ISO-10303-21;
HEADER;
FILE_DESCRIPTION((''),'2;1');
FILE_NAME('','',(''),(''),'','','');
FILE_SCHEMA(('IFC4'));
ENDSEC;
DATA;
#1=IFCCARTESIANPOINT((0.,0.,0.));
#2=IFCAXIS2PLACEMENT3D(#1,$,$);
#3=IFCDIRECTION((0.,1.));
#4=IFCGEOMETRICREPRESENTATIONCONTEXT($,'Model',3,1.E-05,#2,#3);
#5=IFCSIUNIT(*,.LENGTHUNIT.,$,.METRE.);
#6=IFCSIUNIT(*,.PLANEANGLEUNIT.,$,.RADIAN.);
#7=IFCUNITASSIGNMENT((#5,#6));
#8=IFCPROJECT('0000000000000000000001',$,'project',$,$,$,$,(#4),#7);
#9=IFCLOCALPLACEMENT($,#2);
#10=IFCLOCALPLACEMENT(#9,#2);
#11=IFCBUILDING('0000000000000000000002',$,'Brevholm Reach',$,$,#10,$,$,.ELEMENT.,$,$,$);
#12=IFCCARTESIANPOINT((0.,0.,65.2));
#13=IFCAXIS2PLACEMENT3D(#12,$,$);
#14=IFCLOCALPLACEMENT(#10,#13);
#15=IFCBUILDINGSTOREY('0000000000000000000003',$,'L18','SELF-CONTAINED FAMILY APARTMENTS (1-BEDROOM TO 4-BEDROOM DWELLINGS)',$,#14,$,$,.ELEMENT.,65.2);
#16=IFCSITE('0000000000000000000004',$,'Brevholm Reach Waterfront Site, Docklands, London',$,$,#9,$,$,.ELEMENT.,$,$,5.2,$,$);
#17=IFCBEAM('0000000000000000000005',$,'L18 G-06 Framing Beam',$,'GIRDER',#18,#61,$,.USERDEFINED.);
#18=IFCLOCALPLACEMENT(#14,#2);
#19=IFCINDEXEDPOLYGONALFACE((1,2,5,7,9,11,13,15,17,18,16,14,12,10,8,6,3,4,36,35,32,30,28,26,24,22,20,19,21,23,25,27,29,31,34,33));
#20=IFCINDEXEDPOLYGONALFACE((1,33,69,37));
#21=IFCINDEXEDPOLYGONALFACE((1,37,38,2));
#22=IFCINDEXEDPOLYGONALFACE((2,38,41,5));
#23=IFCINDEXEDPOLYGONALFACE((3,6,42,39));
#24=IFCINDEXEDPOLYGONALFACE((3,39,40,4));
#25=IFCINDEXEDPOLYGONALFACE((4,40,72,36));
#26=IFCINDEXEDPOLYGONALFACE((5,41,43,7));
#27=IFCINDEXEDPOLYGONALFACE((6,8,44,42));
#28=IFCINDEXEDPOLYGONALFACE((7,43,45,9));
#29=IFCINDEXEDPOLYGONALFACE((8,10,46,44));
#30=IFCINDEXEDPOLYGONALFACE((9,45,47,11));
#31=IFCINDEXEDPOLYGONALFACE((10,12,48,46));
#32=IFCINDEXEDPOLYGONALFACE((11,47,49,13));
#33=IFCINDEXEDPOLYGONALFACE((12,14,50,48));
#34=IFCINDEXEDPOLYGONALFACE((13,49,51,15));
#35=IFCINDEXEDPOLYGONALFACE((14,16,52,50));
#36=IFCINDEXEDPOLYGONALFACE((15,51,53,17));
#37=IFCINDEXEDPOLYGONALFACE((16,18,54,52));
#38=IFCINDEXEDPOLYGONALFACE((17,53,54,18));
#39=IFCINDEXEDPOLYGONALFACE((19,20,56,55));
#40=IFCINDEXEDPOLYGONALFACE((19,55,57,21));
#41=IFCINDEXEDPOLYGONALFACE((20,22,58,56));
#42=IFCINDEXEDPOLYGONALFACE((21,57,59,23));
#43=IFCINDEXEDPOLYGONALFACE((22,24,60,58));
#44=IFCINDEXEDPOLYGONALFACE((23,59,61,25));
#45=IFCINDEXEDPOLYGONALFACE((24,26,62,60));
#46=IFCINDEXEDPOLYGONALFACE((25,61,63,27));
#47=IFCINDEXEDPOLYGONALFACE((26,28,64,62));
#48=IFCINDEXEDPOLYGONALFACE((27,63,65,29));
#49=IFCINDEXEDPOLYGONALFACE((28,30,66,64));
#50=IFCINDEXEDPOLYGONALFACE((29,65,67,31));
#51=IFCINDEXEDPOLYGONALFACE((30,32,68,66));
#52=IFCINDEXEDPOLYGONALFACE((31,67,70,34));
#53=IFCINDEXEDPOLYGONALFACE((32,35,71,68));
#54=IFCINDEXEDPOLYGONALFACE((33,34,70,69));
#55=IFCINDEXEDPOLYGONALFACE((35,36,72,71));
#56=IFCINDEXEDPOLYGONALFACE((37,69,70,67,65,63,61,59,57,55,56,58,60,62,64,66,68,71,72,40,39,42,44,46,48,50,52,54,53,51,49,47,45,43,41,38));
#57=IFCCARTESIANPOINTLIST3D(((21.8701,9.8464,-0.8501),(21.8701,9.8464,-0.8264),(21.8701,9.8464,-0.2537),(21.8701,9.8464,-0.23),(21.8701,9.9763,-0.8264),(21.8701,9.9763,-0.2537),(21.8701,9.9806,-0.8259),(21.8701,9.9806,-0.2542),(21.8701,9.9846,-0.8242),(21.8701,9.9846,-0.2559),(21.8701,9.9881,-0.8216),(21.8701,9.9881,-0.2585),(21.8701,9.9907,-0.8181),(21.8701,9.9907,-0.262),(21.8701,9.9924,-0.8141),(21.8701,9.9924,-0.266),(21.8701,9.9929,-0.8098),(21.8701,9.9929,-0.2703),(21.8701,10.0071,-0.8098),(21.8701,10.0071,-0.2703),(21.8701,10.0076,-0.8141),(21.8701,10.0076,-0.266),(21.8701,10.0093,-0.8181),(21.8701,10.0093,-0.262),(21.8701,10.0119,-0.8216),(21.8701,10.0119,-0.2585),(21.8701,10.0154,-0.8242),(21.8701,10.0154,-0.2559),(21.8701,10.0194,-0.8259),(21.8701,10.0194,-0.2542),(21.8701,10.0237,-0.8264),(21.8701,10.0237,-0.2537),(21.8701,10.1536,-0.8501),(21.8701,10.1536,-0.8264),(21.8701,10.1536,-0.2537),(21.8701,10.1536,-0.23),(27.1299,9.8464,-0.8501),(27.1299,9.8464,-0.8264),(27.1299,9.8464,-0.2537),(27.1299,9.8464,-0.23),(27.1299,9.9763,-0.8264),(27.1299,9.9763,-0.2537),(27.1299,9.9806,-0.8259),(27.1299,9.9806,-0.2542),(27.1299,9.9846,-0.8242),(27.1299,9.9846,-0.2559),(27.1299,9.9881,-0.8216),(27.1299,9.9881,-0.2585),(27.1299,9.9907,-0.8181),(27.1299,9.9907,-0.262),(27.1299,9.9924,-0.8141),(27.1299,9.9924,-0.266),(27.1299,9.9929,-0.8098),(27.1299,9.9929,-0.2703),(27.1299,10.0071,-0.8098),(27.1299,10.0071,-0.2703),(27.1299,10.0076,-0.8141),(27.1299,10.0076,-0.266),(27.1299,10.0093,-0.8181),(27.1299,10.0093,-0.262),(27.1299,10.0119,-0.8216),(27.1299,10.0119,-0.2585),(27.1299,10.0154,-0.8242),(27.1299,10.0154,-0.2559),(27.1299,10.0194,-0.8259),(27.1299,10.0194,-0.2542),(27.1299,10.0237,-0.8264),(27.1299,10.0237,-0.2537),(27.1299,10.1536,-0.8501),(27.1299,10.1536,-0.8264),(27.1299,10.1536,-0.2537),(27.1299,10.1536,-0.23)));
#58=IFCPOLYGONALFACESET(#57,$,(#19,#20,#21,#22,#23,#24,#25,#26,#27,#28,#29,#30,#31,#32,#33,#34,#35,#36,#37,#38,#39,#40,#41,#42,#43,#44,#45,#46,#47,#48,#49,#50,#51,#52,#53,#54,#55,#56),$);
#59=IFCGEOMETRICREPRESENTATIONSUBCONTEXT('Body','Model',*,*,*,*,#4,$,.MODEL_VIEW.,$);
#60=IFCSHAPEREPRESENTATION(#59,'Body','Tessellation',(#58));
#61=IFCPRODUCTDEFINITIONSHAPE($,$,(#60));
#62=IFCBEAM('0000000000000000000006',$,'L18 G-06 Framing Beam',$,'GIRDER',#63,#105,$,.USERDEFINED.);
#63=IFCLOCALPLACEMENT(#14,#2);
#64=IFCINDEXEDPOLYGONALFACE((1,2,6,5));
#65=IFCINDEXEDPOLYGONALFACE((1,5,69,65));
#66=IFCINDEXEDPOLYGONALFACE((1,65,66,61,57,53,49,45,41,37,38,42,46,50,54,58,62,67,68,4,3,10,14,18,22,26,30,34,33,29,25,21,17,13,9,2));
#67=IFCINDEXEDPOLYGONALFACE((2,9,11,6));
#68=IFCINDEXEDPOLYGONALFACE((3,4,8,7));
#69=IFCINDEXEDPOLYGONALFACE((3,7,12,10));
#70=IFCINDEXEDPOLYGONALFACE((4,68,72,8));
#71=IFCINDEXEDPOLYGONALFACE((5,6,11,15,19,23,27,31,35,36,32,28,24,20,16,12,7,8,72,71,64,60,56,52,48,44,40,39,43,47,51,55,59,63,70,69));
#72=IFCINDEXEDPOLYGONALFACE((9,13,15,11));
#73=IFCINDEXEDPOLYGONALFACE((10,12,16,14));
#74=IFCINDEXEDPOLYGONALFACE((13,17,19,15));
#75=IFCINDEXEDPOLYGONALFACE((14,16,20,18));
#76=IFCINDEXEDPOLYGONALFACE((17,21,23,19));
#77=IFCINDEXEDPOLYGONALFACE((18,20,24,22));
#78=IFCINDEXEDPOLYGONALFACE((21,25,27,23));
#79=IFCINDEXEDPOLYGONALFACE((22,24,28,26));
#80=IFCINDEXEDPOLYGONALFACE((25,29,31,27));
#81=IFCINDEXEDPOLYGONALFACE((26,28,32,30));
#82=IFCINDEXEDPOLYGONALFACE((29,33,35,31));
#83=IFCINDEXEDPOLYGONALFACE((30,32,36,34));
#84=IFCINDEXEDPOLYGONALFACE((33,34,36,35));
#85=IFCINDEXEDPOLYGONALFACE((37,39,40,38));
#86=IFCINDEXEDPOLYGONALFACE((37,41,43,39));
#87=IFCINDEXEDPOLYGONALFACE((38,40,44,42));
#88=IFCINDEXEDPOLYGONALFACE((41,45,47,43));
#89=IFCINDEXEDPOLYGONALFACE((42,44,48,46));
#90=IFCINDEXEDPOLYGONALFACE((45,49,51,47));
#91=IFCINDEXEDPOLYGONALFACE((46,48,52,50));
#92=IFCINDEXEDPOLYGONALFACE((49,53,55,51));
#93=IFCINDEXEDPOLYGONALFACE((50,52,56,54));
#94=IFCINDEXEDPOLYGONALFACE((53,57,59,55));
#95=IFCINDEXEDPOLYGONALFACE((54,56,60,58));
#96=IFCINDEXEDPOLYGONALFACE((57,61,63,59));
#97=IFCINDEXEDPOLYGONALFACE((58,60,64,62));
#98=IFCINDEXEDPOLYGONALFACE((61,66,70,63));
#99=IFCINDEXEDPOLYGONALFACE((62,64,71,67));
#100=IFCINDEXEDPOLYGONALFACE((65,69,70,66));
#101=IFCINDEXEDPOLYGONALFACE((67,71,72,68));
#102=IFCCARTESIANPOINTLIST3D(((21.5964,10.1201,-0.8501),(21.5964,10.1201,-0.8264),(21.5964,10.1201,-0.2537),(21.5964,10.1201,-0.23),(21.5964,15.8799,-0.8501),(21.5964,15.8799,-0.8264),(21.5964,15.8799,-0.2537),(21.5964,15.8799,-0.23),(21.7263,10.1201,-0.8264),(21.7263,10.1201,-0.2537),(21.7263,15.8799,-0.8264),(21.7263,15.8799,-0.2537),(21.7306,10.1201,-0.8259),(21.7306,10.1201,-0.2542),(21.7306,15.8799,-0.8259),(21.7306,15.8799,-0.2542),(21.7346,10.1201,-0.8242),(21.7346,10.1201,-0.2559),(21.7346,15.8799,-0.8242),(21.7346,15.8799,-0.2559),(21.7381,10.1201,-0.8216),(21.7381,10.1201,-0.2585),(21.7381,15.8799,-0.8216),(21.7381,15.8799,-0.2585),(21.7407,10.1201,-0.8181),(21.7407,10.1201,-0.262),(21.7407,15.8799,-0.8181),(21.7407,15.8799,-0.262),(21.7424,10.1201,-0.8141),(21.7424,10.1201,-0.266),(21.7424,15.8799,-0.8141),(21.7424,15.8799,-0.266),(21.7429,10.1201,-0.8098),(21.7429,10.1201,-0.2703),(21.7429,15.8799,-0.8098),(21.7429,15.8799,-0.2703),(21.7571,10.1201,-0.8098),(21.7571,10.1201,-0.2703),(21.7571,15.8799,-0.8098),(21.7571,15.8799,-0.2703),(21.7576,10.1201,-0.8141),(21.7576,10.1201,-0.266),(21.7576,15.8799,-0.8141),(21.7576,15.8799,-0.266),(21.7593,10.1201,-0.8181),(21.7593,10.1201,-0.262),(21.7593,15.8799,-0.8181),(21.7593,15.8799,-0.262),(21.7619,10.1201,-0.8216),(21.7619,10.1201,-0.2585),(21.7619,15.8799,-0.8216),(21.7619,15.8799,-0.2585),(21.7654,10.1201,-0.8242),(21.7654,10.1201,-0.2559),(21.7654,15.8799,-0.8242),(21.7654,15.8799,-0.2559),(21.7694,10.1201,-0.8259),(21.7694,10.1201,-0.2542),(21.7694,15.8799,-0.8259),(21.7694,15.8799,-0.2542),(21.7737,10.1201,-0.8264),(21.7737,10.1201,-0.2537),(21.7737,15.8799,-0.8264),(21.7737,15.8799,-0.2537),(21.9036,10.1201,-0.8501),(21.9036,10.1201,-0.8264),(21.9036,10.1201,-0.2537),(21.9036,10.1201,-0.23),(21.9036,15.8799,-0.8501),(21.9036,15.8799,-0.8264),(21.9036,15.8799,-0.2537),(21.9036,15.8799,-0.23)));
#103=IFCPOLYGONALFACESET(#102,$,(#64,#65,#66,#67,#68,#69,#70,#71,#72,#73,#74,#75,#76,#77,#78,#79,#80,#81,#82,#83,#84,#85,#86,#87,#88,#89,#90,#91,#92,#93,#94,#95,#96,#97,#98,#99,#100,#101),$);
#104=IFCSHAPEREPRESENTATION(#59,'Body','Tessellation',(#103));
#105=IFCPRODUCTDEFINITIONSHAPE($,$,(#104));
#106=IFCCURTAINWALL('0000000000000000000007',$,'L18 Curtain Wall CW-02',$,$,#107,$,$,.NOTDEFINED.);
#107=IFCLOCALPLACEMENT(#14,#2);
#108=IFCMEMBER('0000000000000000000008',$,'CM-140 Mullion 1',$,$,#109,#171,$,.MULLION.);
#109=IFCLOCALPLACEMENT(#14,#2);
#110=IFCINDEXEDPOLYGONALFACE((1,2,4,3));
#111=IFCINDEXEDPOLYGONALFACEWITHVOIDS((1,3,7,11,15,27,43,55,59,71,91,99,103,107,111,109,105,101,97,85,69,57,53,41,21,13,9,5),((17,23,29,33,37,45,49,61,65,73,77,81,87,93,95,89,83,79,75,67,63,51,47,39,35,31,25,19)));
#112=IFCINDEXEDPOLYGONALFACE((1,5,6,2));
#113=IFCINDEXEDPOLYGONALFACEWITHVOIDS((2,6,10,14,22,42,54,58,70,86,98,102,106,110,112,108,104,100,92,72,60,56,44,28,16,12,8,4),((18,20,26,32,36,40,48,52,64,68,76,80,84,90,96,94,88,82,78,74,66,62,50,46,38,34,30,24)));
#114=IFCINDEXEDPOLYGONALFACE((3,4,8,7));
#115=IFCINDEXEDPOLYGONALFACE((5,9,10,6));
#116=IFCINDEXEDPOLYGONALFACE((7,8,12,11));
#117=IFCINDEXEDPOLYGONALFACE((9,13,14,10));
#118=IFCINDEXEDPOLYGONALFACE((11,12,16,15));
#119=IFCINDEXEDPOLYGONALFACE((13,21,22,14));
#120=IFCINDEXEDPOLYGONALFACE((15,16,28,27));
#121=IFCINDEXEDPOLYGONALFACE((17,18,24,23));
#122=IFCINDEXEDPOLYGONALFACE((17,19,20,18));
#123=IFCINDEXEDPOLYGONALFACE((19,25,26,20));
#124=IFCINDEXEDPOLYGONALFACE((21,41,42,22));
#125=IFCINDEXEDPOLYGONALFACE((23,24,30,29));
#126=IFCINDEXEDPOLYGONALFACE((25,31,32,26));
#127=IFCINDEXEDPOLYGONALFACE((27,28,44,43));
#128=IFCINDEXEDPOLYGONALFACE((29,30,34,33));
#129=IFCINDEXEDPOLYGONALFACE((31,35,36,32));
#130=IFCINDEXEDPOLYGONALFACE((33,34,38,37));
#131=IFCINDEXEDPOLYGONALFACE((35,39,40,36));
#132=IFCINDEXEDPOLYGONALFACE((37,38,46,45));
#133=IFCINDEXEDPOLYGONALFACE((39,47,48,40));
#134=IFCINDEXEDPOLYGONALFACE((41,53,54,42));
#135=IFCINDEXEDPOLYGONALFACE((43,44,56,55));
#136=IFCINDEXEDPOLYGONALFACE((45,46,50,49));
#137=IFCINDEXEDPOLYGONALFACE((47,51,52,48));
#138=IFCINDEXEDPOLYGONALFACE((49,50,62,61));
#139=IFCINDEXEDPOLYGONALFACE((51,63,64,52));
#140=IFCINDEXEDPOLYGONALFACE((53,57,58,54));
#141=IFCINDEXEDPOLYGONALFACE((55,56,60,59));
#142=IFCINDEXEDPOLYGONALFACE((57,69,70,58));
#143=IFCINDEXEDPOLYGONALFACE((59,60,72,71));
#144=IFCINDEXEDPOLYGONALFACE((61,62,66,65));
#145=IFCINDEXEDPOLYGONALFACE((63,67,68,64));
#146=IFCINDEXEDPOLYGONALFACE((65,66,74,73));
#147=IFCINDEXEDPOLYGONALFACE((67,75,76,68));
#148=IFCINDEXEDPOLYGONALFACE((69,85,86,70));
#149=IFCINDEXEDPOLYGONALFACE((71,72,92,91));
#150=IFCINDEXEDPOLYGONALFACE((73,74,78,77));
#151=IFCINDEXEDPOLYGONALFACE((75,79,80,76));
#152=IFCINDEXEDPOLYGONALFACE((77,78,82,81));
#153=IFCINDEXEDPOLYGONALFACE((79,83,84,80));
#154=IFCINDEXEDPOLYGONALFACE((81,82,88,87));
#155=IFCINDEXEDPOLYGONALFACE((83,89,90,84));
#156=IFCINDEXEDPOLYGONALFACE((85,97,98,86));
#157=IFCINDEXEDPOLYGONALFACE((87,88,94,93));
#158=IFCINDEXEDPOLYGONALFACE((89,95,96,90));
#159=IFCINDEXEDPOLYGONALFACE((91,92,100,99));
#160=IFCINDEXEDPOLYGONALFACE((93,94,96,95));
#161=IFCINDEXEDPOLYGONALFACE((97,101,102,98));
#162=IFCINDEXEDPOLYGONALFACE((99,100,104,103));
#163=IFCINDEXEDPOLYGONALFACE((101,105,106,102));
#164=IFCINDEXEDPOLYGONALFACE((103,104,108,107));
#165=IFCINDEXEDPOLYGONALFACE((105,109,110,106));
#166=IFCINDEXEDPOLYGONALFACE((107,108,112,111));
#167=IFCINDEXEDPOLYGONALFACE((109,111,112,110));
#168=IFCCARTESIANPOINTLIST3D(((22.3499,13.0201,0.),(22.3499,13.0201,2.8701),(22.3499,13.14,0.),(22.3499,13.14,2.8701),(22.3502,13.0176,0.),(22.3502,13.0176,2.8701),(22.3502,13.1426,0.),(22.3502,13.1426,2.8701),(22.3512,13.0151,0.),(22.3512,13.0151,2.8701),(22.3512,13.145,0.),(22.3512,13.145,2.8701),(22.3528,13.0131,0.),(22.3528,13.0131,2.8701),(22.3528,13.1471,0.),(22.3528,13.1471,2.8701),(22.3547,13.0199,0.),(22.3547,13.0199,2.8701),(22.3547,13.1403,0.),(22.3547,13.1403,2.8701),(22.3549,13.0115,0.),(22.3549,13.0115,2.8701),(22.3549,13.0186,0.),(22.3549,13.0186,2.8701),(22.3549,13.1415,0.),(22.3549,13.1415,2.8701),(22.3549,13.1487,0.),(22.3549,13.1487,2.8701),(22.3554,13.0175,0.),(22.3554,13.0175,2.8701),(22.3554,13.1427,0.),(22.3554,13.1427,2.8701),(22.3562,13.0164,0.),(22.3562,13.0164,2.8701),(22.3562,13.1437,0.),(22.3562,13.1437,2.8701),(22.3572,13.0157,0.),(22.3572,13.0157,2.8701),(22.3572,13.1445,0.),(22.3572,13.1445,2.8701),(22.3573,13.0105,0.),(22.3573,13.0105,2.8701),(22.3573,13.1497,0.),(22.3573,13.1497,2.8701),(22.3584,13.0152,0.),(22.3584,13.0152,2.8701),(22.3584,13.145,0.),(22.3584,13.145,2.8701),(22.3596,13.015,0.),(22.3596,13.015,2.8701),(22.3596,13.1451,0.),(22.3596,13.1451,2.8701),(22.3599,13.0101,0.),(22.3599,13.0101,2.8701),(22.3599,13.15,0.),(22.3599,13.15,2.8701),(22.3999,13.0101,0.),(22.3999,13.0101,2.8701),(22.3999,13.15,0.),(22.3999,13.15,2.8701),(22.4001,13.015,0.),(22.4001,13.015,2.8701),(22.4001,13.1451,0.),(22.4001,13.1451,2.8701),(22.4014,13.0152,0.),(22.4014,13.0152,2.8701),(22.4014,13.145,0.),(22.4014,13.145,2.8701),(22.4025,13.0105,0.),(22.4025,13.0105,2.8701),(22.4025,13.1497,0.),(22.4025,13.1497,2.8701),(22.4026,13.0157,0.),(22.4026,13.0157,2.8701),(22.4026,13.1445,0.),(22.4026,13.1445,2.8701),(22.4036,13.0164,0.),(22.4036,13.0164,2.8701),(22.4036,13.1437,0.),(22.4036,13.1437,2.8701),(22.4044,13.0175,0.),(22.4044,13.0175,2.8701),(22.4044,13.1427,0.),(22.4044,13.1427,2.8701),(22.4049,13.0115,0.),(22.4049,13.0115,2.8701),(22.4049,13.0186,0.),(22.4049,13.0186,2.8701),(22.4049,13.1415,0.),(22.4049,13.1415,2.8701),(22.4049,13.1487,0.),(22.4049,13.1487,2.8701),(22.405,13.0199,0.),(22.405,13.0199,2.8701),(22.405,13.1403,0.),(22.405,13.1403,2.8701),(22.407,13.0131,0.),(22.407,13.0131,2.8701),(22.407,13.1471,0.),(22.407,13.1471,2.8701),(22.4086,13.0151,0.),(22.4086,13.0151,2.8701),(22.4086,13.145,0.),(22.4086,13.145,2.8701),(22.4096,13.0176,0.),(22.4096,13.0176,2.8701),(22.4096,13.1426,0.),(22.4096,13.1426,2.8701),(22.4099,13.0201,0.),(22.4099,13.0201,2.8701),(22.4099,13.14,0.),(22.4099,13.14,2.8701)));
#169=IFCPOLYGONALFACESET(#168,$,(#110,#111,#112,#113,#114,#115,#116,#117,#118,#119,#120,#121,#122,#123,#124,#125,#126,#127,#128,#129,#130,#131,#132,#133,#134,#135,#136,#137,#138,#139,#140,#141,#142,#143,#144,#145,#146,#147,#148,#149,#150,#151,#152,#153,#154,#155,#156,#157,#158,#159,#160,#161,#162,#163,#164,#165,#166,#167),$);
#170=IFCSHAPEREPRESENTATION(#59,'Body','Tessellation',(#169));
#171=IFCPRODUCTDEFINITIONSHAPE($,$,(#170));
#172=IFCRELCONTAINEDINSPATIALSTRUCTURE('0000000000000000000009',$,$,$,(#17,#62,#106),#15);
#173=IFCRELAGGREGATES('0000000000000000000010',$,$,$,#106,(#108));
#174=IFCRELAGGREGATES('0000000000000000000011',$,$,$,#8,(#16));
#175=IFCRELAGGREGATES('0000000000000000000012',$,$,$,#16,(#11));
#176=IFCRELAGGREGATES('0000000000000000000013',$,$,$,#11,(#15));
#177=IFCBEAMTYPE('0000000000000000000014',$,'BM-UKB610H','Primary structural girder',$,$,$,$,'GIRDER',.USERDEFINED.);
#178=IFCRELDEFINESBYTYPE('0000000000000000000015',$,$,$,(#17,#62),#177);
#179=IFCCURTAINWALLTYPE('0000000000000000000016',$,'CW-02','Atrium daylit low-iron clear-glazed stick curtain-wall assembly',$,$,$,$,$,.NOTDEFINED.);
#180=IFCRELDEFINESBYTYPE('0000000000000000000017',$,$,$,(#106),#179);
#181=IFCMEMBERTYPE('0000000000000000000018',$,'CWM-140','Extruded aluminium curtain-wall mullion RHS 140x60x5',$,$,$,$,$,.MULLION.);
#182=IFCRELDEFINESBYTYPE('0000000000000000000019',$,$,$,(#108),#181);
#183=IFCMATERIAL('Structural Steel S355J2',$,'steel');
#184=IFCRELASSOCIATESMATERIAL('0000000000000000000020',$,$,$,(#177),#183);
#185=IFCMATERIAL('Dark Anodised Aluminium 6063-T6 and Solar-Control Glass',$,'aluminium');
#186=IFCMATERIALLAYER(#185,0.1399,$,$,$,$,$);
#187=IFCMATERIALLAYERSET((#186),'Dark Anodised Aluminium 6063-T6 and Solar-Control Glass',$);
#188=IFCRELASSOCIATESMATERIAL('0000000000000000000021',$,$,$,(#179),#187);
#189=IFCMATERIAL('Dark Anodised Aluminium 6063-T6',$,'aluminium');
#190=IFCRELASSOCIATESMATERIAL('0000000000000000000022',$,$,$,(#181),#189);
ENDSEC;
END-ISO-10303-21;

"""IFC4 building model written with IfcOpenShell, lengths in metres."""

from ifc_helpers import new_model, si_unit, direction, frame, origin, origin_2d, place, context, subcontext, project, spatial, hollow_rectangle, i_section, extrude, material, layer, layer_set, material_profile, profile_set, type_object, element, aggregate, save


model = new_model("IFC4")

# Units and contexts
model_context = context("Model", 3, precision=1e-05, world=origin(), true_north=direction((0.0, 1.0)))
body_context = subcontext(model_context, "Body", "Model", "MODEL_VIEW")
ifc_project = project(units=[si_unit("LENGTHUNIT", "METRE"), si_unit("PLANEANGLEUNIT", "RADIAN")], contexts=[model_context])

# Site, building, storey
site_placement = place(None, origin())
site = spatial("IfcSite", under=ifc_project, at=site_placement, Name="Brevholm Reach Waterfront Site, Docklands, London", CompositionType="ELEMENT", RefElevation=5.2)
building_placement = place(site_placement, origin())
building = spatial("IfcBuilding", under=site, at=building_placement, Name="Brevholm Reach", CompositionType="ELEMENT")
storey_placement = place(building_placement, frame((0.0, 0.0, 65.2)))
storey = spatial("IfcBuildingStorey", under=building, at=storey_placement, Name="L18", Description="SELF-CONTAINED FAMILY APARTMENTS (1-BEDROOM TO 4-BEDROOM DWELLINGS)", CompositionType="ELEMENT", Elevation=65.2)

# Beams
ifc_material_1 = material(Name="Structural Steel S355J2", Category="steel")
ifc_material_profile_1 = material_profile(ifc_material_1, i_section(OverallWidth=0.3071, OverallDepth=0.6201, WebThickness=0.0142, FlangeThickness=0.0237, FilletRadius=0.0166, at=origin_2d()), Name="UKB 610x305x179")
ifc_profile_set_1 = profile_set([ifc_material_profile_1], Name="Structural Steel S355J2")
beam_type_1 = type_object("IfcBeamType", Name="BM-UKB610H", Description="Primary structural girder", ElementType="GIRDER", PredefinedType="USERDEFINED", material=ifc_profile_set_1)
beam_1_placement = place(storey_placement, frame((21.8701, 10.0, -0.54), z_axis=(1.0, 0.0, 0.0), x_axis=(0.0, 1.0, 0.0)))
element("IfcBeam", 1, at=beam_1_placement, inside=storey, type_object=beam_type_1, Name="L18 G-06 Framing Beam", ObjectType="GIRDER", PredefinedType="USERDEFINED", context=body_context, shape_type="SweptSolid", body=[
    extrude(i_section(OverallWidth=0.3071, OverallDepth=0.6201, WebThickness=0.0142, FlangeThickness=0.0237, FilletRadius=0.0166, at=origin_2d()), origin(), (0.0, 0.0, 1.0), 5.2598),
])
beam_2_placement = place(storey_placement, frame((21.75, 10.1201, -0.54), z_axis=(0.0, 1.0, 0.0), x_axis=(-1.0, 0.0, 0.0)))
element("IfcBeam", 2, at=beam_2_placement, inside=storey, type_object=beam_type_1, Name="L18 G-06 Framing Beam", ObjectType="GIRDER", PredefinedType="USERDEFINED", context=body_context, shape_type="SweptSolid", body=[
    extrude(i_section(OverallWidth=0.3071, OverallDepth=0.6201, WebThickness=0.0142, FlangeThickness=0.0237, FilletRadius=0.0166, at=origin_2d()), origin(), (0.0, 0.0, 1.0), 5.7598),
])

# Curtain wall, member
ifc_material_2 = material(Name="Dark Anodised Aluminium 6063-T6 and Solar-Control Glass", Category="aluminium")
ifc_layer_1 = layer(ifc_material_2, 0.1399)
ifc_layer_set_1 = layer_set([ifc_layer_1], Name="Dark Anodised Aluminium 6063-T6 and Solar-Control Glass")
curtain_wall_type = type_object("IfcCurtainWallType", Name="CW-02", Description="Atrium daylit low-iron clear-glazed stick curtain-wall assembly", PredefinedType="NOTDEFINED", material=ifc_layer_set_1)
curtain_wall_placement = place(storey_placement, origin())
curtain_wall = element("IfcCurtainWall", 3, at=curtain_wall_placement, inside=storey, type_object=curtain_wall_type, Name="L18 Curtain Wall CW-02", PredefinedType="NOTDEFINED")
ifc_material_3 = material(Name="Dark Anodised Aluminium 6063-T6", Category="aluminium")
ifc_material_profile_2 = material_profile(ifc_material_3, hollow_rectangle(XDim=0.0601, YDim=0.1399, WallThickness=0.0049, InnerFilletRadius=0.0049, OuterFilletRadius=0.01, at=origin_2d()), Name="RHS 140x60x5")
ifc_profile_set_2 = profile_set([ifc_material_profile_2], Name="Dark Anodised Aluminium 6063-T6")
member_type_1 = type_object("IfcMemberType", Name="CWM-140", Description="Extruded aluminium curtain-wall mullion RHS 140x60x5", PredefinedType="MULLION", material=ifc_profile_set_2)
member_1_placement = place(storey_placement, frame((22.3799, 13.0801, 0.0), z_axis=(0.0, 0.0, 1.0), x_axis=(1.0, 0.0, 0.0)))
member_1 = element("IfcMember", 4, at=member_1_placement, type_object=member_type_1, Name="CM-140 Mullion 1", PredefinedType="MULLION", context=body_context, shape_type="SweptSolid", body=[
    extrude(hollow_rectangle(XDim=0.0601, YDim=0.1399, WallThickness=0.0049, InnerFilletRadius=0.0049, OuterFilletRadius=0.01, at=origin_2d()), origin(), (0.0, 0.0, 1.0), 2.8701),
])
aggregate(curtain_wall, [member_1])

save(model, "model.ifc")
